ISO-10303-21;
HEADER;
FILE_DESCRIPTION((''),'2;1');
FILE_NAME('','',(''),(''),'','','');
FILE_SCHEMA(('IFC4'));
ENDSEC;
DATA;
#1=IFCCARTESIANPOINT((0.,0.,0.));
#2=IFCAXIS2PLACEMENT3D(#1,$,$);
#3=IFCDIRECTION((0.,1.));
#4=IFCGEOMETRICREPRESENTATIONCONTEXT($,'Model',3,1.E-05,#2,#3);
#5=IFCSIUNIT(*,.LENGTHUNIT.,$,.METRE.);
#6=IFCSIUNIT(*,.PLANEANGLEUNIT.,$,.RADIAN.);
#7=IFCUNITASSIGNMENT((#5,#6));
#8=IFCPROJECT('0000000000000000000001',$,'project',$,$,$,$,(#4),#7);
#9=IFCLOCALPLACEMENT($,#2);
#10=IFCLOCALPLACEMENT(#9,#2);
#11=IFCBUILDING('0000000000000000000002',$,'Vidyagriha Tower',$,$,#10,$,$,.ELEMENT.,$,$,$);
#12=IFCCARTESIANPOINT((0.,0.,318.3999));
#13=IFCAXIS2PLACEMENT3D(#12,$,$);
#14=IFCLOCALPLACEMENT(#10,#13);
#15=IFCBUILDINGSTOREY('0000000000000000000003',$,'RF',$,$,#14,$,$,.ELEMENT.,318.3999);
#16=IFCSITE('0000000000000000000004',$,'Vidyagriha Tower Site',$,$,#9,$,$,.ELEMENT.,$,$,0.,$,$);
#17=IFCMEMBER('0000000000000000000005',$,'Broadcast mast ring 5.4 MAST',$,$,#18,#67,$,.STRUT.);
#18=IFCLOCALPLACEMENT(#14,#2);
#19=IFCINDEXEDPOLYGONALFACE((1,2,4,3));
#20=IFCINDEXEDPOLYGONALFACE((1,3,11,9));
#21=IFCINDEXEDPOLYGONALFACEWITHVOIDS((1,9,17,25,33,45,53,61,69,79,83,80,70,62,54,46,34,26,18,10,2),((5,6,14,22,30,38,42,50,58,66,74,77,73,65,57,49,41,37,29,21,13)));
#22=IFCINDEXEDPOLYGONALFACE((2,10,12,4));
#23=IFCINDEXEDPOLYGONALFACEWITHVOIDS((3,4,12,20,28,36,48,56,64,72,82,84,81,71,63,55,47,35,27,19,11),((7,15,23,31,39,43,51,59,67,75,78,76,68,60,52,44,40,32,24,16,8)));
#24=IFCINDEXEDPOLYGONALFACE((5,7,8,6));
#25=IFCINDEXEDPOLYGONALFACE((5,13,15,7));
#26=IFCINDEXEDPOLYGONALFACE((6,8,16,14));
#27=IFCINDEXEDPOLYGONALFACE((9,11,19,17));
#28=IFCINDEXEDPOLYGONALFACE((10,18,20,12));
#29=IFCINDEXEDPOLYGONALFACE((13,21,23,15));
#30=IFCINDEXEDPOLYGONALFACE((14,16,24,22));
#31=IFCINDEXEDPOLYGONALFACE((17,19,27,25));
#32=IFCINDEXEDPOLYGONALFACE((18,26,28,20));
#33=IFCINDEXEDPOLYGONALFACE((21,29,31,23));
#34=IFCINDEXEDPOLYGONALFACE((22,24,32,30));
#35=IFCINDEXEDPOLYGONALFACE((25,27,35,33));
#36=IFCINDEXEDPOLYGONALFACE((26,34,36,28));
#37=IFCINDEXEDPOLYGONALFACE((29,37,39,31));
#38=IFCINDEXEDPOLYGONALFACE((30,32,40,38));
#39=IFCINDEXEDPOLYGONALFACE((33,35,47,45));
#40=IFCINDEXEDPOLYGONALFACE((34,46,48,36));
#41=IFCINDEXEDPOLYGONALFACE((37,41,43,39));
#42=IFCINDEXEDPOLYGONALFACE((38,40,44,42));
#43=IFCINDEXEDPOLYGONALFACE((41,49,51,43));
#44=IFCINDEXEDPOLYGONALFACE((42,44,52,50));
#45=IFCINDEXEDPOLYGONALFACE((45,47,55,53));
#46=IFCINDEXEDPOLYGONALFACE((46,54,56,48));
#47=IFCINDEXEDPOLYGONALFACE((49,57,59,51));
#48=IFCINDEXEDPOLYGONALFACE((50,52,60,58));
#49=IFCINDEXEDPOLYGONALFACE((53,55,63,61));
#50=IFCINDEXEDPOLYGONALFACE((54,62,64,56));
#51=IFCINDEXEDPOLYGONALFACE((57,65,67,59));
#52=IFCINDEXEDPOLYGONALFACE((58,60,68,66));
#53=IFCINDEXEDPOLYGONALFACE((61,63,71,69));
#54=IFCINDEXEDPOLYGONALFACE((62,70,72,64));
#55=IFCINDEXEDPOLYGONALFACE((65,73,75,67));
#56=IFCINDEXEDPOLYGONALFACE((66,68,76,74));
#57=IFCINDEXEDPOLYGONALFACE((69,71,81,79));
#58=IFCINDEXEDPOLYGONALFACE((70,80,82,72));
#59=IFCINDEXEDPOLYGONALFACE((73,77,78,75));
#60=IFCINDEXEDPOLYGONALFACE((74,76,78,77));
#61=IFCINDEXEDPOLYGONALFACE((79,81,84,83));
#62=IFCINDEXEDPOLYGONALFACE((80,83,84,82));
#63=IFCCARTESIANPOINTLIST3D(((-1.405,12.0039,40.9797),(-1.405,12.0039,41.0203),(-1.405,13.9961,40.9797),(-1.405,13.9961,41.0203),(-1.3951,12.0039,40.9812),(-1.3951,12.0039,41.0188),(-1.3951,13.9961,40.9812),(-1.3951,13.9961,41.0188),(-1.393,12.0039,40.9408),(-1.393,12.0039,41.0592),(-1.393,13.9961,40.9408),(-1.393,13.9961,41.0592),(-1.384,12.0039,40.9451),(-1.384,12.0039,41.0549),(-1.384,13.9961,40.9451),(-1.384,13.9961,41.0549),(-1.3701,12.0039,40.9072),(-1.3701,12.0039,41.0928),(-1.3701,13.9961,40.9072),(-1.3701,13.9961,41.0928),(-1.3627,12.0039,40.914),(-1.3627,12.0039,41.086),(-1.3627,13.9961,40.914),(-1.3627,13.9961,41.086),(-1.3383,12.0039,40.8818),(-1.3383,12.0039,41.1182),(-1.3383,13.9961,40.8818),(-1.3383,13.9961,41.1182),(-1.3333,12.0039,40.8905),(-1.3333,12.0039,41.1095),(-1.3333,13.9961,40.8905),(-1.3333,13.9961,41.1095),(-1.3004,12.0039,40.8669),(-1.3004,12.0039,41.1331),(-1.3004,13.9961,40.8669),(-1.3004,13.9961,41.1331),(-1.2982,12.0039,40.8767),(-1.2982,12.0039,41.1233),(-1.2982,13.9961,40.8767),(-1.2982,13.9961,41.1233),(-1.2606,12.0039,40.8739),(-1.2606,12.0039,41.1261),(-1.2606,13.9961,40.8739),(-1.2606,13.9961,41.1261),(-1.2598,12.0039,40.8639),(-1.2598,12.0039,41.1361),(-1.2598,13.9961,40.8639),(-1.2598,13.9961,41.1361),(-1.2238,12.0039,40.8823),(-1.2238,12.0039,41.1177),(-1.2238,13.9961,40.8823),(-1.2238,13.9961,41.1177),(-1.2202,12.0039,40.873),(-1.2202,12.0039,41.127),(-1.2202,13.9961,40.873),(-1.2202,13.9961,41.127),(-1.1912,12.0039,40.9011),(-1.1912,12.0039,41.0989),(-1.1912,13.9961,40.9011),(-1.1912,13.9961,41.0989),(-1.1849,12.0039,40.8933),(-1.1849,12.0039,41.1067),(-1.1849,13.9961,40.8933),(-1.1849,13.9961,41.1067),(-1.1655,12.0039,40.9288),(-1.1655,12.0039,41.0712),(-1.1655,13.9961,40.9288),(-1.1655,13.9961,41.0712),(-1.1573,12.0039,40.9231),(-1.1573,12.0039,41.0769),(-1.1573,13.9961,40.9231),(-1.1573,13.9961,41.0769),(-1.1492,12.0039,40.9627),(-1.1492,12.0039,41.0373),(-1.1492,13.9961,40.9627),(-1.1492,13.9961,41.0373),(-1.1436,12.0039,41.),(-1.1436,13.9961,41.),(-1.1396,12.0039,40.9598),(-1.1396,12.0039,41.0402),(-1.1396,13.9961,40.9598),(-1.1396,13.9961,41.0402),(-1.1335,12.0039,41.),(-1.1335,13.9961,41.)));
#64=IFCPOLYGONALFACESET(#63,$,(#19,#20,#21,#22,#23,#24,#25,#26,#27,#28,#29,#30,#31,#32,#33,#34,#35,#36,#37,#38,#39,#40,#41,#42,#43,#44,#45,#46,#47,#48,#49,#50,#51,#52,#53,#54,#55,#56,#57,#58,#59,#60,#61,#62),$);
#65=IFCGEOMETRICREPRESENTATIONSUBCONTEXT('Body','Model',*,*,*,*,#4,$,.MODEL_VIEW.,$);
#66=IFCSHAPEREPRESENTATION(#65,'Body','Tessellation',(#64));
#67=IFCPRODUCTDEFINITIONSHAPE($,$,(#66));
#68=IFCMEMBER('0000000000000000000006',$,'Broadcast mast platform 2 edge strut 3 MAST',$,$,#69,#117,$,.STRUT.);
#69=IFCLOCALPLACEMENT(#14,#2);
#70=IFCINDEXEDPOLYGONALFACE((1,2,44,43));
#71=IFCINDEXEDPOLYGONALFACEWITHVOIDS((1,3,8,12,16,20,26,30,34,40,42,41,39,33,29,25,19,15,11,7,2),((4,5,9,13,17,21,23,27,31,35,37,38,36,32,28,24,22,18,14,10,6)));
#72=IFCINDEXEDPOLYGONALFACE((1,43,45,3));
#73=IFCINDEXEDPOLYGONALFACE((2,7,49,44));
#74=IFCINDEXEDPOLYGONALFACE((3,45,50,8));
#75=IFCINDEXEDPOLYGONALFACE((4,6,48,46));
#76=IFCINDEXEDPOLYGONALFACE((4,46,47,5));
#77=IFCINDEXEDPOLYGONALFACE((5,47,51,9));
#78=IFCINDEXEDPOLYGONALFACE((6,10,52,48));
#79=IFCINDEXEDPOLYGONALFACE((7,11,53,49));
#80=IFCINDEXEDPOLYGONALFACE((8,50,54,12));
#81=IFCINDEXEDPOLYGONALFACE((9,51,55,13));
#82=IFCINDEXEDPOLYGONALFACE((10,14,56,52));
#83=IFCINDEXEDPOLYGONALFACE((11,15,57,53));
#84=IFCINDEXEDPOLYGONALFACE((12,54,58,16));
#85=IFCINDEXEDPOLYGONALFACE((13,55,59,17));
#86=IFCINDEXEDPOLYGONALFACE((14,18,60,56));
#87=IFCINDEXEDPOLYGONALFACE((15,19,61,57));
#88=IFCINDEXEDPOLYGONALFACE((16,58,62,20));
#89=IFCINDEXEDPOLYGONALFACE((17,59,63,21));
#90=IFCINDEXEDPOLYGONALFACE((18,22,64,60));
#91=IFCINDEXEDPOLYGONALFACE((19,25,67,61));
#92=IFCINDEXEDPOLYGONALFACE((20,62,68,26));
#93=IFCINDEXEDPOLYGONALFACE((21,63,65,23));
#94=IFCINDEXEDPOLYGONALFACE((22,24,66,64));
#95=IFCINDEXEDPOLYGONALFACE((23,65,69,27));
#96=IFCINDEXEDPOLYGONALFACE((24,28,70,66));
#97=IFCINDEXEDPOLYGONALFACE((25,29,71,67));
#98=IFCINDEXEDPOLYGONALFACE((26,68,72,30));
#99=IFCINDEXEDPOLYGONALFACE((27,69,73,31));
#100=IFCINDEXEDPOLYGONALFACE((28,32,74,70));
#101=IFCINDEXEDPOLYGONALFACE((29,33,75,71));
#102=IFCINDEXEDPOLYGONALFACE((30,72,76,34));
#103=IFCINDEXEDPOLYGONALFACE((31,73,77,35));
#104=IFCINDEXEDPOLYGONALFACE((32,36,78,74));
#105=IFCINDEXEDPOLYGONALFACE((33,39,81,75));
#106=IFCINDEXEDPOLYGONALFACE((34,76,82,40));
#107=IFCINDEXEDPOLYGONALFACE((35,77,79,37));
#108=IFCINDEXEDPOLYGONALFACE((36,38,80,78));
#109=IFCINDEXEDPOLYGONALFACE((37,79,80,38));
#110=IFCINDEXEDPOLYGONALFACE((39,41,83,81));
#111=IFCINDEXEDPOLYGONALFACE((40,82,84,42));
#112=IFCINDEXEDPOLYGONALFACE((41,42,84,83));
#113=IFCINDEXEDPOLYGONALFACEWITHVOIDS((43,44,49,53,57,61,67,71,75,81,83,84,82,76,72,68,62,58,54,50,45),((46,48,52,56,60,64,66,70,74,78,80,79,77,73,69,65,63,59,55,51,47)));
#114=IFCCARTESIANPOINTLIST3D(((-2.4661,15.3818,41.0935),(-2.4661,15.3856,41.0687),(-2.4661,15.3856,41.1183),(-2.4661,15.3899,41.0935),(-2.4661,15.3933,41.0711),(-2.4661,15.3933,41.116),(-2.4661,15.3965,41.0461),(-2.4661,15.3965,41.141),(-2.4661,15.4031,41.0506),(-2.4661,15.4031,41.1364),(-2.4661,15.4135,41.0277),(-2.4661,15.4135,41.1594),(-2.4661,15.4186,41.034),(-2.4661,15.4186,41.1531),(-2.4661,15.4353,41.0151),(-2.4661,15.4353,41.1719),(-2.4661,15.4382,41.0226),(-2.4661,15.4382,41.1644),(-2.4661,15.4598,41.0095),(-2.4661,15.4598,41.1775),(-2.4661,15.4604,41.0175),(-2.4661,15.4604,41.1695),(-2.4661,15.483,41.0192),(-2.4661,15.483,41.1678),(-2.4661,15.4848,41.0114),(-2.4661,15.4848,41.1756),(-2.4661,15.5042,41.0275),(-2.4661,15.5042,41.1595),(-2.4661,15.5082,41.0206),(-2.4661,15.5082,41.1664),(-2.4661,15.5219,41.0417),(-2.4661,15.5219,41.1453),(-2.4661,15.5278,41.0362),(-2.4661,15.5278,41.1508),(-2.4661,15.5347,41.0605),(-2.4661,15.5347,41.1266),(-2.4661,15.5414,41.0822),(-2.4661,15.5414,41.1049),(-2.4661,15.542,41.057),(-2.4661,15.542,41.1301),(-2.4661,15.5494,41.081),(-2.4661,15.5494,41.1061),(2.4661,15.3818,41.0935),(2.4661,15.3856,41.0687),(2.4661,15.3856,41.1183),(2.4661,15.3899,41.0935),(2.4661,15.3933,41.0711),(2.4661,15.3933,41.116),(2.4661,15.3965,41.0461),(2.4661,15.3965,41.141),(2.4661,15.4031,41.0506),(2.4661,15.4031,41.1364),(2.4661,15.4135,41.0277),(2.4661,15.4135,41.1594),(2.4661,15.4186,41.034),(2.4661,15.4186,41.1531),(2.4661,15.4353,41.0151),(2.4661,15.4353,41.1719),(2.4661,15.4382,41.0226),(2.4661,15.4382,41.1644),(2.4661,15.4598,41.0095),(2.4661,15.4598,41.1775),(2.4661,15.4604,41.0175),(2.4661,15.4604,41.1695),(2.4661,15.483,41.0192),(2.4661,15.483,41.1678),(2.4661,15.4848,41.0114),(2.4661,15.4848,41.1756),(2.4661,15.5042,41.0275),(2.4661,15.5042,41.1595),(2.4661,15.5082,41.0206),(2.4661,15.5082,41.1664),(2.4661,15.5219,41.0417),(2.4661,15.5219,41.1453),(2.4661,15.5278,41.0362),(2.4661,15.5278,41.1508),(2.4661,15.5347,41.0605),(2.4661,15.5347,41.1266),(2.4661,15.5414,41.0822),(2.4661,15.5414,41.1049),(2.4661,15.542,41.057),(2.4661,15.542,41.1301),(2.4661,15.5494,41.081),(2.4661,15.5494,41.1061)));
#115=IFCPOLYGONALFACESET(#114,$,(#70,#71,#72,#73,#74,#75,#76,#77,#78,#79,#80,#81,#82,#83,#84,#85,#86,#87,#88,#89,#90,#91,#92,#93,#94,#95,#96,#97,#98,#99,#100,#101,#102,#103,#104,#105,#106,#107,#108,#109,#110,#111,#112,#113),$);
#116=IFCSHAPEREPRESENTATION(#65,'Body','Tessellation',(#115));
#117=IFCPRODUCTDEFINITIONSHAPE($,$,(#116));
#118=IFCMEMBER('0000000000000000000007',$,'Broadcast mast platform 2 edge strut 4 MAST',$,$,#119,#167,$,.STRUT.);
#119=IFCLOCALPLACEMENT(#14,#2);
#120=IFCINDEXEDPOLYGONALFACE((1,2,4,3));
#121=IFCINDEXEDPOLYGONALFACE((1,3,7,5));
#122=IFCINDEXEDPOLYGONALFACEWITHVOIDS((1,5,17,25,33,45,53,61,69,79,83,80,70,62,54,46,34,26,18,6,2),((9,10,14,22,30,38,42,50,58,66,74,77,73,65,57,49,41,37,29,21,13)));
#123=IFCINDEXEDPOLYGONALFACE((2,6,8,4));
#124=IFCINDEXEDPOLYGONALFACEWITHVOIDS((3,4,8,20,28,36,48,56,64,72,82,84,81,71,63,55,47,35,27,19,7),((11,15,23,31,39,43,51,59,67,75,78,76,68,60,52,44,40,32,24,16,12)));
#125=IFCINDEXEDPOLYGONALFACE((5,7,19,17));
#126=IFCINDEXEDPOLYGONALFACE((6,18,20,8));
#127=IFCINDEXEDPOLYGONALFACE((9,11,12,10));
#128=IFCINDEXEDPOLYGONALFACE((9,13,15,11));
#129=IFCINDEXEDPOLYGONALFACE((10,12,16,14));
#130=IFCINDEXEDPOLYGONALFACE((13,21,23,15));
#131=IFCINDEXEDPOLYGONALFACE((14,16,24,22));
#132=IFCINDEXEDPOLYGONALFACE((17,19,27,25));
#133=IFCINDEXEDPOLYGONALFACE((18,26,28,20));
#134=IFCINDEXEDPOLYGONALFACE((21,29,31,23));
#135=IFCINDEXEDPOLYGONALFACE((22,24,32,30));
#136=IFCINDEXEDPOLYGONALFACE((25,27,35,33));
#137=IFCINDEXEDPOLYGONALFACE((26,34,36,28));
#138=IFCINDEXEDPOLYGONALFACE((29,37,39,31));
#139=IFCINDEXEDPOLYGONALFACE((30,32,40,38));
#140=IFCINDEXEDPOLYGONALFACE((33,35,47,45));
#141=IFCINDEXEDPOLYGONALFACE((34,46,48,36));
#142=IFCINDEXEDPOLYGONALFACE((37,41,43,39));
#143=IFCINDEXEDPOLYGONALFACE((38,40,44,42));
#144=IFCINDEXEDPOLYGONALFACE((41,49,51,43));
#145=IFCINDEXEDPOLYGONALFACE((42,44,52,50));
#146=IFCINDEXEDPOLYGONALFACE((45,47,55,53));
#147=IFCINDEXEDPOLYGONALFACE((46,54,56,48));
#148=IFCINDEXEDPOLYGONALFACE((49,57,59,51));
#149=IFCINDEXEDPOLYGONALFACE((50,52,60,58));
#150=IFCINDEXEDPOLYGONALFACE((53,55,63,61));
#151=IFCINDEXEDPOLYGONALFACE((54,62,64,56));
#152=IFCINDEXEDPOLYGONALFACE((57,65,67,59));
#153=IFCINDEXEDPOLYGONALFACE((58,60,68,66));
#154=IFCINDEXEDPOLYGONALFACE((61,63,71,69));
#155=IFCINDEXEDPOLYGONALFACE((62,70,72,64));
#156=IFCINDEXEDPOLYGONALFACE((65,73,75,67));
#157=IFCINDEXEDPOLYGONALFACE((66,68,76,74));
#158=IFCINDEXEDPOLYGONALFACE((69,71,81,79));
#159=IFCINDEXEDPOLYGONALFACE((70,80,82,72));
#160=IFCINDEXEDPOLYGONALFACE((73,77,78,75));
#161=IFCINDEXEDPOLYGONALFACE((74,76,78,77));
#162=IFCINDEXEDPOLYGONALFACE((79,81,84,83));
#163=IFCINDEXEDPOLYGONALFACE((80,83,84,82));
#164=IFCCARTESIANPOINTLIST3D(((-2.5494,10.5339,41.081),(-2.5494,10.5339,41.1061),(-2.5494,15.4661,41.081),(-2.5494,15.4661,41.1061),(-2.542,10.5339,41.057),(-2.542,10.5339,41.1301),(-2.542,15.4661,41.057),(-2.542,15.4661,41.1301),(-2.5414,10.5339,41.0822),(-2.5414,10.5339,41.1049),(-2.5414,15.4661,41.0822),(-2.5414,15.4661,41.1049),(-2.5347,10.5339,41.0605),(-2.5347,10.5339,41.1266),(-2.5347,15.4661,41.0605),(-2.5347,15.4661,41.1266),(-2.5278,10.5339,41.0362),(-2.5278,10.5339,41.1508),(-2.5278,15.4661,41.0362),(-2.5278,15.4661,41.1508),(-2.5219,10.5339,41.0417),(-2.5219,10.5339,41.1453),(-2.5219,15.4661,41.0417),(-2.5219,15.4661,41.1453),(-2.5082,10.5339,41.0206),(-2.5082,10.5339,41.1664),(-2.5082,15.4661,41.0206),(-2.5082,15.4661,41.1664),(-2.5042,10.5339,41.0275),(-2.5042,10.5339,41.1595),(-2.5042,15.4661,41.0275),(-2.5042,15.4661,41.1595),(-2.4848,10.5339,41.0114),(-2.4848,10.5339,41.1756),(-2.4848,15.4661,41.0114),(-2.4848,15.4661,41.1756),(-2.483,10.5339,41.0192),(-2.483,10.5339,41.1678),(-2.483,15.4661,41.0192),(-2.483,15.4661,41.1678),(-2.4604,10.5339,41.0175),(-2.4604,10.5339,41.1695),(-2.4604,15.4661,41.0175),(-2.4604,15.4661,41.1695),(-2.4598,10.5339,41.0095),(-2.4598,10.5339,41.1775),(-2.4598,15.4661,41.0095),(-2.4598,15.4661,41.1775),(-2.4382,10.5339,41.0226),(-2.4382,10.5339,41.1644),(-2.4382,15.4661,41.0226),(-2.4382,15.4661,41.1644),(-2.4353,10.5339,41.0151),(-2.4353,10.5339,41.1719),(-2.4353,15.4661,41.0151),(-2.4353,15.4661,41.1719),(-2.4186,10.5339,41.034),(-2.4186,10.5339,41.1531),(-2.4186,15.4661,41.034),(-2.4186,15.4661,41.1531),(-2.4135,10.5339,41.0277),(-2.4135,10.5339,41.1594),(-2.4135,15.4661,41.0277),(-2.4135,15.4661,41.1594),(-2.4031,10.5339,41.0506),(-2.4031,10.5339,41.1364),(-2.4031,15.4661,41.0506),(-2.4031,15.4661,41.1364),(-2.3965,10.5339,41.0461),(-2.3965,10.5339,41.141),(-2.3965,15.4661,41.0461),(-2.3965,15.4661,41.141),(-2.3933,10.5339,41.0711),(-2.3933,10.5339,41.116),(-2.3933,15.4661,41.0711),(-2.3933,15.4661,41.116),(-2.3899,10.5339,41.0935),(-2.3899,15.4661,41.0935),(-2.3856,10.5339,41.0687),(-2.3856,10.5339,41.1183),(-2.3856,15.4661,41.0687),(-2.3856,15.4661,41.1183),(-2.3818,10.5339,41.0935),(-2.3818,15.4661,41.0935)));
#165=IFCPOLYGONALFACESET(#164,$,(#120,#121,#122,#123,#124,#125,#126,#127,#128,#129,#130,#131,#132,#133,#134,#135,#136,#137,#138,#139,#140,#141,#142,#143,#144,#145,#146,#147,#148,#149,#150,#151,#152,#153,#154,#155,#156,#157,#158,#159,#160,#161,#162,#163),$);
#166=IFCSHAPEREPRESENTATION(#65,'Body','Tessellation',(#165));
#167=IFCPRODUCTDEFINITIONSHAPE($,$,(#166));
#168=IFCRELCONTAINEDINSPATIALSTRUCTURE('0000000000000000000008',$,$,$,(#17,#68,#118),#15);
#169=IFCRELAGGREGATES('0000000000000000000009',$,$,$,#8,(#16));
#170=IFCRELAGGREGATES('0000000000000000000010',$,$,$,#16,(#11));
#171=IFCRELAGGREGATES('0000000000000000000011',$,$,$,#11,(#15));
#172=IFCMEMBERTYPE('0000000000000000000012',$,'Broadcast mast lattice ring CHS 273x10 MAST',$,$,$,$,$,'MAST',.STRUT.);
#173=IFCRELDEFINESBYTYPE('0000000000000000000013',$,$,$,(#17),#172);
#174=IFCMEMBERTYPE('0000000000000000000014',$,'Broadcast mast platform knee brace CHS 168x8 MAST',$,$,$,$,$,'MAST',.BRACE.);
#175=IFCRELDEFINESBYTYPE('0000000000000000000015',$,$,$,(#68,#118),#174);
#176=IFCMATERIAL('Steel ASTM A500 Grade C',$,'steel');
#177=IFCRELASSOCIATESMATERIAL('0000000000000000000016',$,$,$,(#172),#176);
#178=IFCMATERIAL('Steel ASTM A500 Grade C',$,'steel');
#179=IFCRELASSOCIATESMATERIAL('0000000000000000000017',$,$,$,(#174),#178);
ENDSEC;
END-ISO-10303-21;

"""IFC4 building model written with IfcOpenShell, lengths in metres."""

from ifc_helpers import new_model, si_unit, direction, frame, origin, origin_2d, place, context, subcontext, project, spatial, hollow_circle, extrude, material, material_profile, profile_set, type_object, element, save


model = new_model("IFC4")

# Units and contexts
model_context = context("Model", 3, precision=1e-05, world=origin(), true_north=direction((0.0, 1.0)))
body_context = subcontext(model_context, "Body", "Model", "MODEL_VIEW")
ifc_project = project(units=[si_unit("LENGTHUNIT", "METRE"), si_unit("PLANEANGLEUNIT", "RADIAN")], contexts=[model_context])

# Site, building, storey
site_placement = place(None, origin())
site = spatial("IfcSite", under=ifc_project, at=site_placement, Name="Vidyagriha Tower Site", CompositionType="ELEMENT", RefElevation=0.0)
building_placement = place(site_placement, origin())
building = spatial("IfcBuilding", under=site, at=building_placement, Name="Vidyagriha Tower", CompositionType="ELEMENT")
storey_placement = place(building_placement, frame((0.0, 0.0, 318.3999)))
storey = spatial("IfcBuildingStorey", under=building, at=storey_placement, Name="RF", CompositionType="ELEMENT", Elevation=318.3999)

# Members
ifc_material_1 = material(Name="Steel ASTM A500 Grade C", Category="steel")
ifc_material_profile_1 = material_profile(ifc_material_1, hollow_circle(Radius=0.1365, WallThickness=0.01, at=origin_2d()), Name="Broadcast mast lattice ring CHS 273x10 MAST")
ifc_profile_set_1 = profile_set([ifc_material_profile_1], Name="Steel ASTM A500 Grade C")
member_type_1 = type_object("IfcMemberType", Name="Broadcast mast lattice ring CHS 273x10 MAST", ElementType="MAST", PredefinedType="STRUT", material=ifc_profile_set_1)
for number, where, z_axis, x_axis, name in (
    (1, (-1.27, 13.9961, 41.0), (0.0, -1.0, 0.0), (1.0, 0.0, 0.0), "Broadcast mast ring 5.4 MAST"),
):
    element("IfcMember", number, at=place(storey_placement, frame(where, z_axis=z_axis, x_axis=x_axis)), inside=storey, type_object=member_type_1, Name=name, PredefinedType="STRUT", context=body_context, shape_type="SweptSolid", body=[
        extrude(hollow_circle(Radius=0.1365, WallThickness=0.01, at=origin_2d()), origin(), (0.0, 0.0, 1.0), 1.9922),
    ])
ifc_material_2 = material(Name="Steel ASTM A500 Grade C", Category="steel")
ifc_material_profile_2 = material_profile(ifc_material_2, hollow_circle(Radius=0.0842, WallThickness=0.0081, at=origin_2d()), Name="Broadcast mast platform knee brace CHS 168x8 MAST")
ifc_profile_set_2 = profile_set([ifc_material_profile_2], Name="Steel ASTM A500 Grade C")
member_type_2 = type_object("IfcMemberType", Name="Broadcast mast platform knee brace CHS 168x8 MAST", ElementType="MAST", PredefinedType="BRACE", material=ifc_profile_set_2)
for number, where, z_axis, x_axis, name in (
    (2, (2.4661, 15.4661, 41.0935), (-1.0, 0.0, 0.0), (0.0, -1.0, 0.0), "Broadcast mast platform 2 edge strut 3 MAST"),
    (3, (-2.4661, 15.4661, 41.0935), (0.0, -1.0, 0.0), (1.0, 0.0, 0.0), "Broadcast mast platform 2 edge strut 4 MAST"),
):
    element("IfcMember", number, at=place(storey_placement, frame(where, z_axis=z_axis, x_axis=x_axis)), inside=storey, type_object=member_type_2, Name=name, PredefinedType="STRUT", context=body_context, shape_type="SweptSolid", body=[
        extrude(hollow_circle(Radius=0.0842, WallThickness=0.0081, at=origin_2d()), origin(), (0.0, 0.0, 1.0), 4.9321),
    ])

save(model, "model.ifc")
